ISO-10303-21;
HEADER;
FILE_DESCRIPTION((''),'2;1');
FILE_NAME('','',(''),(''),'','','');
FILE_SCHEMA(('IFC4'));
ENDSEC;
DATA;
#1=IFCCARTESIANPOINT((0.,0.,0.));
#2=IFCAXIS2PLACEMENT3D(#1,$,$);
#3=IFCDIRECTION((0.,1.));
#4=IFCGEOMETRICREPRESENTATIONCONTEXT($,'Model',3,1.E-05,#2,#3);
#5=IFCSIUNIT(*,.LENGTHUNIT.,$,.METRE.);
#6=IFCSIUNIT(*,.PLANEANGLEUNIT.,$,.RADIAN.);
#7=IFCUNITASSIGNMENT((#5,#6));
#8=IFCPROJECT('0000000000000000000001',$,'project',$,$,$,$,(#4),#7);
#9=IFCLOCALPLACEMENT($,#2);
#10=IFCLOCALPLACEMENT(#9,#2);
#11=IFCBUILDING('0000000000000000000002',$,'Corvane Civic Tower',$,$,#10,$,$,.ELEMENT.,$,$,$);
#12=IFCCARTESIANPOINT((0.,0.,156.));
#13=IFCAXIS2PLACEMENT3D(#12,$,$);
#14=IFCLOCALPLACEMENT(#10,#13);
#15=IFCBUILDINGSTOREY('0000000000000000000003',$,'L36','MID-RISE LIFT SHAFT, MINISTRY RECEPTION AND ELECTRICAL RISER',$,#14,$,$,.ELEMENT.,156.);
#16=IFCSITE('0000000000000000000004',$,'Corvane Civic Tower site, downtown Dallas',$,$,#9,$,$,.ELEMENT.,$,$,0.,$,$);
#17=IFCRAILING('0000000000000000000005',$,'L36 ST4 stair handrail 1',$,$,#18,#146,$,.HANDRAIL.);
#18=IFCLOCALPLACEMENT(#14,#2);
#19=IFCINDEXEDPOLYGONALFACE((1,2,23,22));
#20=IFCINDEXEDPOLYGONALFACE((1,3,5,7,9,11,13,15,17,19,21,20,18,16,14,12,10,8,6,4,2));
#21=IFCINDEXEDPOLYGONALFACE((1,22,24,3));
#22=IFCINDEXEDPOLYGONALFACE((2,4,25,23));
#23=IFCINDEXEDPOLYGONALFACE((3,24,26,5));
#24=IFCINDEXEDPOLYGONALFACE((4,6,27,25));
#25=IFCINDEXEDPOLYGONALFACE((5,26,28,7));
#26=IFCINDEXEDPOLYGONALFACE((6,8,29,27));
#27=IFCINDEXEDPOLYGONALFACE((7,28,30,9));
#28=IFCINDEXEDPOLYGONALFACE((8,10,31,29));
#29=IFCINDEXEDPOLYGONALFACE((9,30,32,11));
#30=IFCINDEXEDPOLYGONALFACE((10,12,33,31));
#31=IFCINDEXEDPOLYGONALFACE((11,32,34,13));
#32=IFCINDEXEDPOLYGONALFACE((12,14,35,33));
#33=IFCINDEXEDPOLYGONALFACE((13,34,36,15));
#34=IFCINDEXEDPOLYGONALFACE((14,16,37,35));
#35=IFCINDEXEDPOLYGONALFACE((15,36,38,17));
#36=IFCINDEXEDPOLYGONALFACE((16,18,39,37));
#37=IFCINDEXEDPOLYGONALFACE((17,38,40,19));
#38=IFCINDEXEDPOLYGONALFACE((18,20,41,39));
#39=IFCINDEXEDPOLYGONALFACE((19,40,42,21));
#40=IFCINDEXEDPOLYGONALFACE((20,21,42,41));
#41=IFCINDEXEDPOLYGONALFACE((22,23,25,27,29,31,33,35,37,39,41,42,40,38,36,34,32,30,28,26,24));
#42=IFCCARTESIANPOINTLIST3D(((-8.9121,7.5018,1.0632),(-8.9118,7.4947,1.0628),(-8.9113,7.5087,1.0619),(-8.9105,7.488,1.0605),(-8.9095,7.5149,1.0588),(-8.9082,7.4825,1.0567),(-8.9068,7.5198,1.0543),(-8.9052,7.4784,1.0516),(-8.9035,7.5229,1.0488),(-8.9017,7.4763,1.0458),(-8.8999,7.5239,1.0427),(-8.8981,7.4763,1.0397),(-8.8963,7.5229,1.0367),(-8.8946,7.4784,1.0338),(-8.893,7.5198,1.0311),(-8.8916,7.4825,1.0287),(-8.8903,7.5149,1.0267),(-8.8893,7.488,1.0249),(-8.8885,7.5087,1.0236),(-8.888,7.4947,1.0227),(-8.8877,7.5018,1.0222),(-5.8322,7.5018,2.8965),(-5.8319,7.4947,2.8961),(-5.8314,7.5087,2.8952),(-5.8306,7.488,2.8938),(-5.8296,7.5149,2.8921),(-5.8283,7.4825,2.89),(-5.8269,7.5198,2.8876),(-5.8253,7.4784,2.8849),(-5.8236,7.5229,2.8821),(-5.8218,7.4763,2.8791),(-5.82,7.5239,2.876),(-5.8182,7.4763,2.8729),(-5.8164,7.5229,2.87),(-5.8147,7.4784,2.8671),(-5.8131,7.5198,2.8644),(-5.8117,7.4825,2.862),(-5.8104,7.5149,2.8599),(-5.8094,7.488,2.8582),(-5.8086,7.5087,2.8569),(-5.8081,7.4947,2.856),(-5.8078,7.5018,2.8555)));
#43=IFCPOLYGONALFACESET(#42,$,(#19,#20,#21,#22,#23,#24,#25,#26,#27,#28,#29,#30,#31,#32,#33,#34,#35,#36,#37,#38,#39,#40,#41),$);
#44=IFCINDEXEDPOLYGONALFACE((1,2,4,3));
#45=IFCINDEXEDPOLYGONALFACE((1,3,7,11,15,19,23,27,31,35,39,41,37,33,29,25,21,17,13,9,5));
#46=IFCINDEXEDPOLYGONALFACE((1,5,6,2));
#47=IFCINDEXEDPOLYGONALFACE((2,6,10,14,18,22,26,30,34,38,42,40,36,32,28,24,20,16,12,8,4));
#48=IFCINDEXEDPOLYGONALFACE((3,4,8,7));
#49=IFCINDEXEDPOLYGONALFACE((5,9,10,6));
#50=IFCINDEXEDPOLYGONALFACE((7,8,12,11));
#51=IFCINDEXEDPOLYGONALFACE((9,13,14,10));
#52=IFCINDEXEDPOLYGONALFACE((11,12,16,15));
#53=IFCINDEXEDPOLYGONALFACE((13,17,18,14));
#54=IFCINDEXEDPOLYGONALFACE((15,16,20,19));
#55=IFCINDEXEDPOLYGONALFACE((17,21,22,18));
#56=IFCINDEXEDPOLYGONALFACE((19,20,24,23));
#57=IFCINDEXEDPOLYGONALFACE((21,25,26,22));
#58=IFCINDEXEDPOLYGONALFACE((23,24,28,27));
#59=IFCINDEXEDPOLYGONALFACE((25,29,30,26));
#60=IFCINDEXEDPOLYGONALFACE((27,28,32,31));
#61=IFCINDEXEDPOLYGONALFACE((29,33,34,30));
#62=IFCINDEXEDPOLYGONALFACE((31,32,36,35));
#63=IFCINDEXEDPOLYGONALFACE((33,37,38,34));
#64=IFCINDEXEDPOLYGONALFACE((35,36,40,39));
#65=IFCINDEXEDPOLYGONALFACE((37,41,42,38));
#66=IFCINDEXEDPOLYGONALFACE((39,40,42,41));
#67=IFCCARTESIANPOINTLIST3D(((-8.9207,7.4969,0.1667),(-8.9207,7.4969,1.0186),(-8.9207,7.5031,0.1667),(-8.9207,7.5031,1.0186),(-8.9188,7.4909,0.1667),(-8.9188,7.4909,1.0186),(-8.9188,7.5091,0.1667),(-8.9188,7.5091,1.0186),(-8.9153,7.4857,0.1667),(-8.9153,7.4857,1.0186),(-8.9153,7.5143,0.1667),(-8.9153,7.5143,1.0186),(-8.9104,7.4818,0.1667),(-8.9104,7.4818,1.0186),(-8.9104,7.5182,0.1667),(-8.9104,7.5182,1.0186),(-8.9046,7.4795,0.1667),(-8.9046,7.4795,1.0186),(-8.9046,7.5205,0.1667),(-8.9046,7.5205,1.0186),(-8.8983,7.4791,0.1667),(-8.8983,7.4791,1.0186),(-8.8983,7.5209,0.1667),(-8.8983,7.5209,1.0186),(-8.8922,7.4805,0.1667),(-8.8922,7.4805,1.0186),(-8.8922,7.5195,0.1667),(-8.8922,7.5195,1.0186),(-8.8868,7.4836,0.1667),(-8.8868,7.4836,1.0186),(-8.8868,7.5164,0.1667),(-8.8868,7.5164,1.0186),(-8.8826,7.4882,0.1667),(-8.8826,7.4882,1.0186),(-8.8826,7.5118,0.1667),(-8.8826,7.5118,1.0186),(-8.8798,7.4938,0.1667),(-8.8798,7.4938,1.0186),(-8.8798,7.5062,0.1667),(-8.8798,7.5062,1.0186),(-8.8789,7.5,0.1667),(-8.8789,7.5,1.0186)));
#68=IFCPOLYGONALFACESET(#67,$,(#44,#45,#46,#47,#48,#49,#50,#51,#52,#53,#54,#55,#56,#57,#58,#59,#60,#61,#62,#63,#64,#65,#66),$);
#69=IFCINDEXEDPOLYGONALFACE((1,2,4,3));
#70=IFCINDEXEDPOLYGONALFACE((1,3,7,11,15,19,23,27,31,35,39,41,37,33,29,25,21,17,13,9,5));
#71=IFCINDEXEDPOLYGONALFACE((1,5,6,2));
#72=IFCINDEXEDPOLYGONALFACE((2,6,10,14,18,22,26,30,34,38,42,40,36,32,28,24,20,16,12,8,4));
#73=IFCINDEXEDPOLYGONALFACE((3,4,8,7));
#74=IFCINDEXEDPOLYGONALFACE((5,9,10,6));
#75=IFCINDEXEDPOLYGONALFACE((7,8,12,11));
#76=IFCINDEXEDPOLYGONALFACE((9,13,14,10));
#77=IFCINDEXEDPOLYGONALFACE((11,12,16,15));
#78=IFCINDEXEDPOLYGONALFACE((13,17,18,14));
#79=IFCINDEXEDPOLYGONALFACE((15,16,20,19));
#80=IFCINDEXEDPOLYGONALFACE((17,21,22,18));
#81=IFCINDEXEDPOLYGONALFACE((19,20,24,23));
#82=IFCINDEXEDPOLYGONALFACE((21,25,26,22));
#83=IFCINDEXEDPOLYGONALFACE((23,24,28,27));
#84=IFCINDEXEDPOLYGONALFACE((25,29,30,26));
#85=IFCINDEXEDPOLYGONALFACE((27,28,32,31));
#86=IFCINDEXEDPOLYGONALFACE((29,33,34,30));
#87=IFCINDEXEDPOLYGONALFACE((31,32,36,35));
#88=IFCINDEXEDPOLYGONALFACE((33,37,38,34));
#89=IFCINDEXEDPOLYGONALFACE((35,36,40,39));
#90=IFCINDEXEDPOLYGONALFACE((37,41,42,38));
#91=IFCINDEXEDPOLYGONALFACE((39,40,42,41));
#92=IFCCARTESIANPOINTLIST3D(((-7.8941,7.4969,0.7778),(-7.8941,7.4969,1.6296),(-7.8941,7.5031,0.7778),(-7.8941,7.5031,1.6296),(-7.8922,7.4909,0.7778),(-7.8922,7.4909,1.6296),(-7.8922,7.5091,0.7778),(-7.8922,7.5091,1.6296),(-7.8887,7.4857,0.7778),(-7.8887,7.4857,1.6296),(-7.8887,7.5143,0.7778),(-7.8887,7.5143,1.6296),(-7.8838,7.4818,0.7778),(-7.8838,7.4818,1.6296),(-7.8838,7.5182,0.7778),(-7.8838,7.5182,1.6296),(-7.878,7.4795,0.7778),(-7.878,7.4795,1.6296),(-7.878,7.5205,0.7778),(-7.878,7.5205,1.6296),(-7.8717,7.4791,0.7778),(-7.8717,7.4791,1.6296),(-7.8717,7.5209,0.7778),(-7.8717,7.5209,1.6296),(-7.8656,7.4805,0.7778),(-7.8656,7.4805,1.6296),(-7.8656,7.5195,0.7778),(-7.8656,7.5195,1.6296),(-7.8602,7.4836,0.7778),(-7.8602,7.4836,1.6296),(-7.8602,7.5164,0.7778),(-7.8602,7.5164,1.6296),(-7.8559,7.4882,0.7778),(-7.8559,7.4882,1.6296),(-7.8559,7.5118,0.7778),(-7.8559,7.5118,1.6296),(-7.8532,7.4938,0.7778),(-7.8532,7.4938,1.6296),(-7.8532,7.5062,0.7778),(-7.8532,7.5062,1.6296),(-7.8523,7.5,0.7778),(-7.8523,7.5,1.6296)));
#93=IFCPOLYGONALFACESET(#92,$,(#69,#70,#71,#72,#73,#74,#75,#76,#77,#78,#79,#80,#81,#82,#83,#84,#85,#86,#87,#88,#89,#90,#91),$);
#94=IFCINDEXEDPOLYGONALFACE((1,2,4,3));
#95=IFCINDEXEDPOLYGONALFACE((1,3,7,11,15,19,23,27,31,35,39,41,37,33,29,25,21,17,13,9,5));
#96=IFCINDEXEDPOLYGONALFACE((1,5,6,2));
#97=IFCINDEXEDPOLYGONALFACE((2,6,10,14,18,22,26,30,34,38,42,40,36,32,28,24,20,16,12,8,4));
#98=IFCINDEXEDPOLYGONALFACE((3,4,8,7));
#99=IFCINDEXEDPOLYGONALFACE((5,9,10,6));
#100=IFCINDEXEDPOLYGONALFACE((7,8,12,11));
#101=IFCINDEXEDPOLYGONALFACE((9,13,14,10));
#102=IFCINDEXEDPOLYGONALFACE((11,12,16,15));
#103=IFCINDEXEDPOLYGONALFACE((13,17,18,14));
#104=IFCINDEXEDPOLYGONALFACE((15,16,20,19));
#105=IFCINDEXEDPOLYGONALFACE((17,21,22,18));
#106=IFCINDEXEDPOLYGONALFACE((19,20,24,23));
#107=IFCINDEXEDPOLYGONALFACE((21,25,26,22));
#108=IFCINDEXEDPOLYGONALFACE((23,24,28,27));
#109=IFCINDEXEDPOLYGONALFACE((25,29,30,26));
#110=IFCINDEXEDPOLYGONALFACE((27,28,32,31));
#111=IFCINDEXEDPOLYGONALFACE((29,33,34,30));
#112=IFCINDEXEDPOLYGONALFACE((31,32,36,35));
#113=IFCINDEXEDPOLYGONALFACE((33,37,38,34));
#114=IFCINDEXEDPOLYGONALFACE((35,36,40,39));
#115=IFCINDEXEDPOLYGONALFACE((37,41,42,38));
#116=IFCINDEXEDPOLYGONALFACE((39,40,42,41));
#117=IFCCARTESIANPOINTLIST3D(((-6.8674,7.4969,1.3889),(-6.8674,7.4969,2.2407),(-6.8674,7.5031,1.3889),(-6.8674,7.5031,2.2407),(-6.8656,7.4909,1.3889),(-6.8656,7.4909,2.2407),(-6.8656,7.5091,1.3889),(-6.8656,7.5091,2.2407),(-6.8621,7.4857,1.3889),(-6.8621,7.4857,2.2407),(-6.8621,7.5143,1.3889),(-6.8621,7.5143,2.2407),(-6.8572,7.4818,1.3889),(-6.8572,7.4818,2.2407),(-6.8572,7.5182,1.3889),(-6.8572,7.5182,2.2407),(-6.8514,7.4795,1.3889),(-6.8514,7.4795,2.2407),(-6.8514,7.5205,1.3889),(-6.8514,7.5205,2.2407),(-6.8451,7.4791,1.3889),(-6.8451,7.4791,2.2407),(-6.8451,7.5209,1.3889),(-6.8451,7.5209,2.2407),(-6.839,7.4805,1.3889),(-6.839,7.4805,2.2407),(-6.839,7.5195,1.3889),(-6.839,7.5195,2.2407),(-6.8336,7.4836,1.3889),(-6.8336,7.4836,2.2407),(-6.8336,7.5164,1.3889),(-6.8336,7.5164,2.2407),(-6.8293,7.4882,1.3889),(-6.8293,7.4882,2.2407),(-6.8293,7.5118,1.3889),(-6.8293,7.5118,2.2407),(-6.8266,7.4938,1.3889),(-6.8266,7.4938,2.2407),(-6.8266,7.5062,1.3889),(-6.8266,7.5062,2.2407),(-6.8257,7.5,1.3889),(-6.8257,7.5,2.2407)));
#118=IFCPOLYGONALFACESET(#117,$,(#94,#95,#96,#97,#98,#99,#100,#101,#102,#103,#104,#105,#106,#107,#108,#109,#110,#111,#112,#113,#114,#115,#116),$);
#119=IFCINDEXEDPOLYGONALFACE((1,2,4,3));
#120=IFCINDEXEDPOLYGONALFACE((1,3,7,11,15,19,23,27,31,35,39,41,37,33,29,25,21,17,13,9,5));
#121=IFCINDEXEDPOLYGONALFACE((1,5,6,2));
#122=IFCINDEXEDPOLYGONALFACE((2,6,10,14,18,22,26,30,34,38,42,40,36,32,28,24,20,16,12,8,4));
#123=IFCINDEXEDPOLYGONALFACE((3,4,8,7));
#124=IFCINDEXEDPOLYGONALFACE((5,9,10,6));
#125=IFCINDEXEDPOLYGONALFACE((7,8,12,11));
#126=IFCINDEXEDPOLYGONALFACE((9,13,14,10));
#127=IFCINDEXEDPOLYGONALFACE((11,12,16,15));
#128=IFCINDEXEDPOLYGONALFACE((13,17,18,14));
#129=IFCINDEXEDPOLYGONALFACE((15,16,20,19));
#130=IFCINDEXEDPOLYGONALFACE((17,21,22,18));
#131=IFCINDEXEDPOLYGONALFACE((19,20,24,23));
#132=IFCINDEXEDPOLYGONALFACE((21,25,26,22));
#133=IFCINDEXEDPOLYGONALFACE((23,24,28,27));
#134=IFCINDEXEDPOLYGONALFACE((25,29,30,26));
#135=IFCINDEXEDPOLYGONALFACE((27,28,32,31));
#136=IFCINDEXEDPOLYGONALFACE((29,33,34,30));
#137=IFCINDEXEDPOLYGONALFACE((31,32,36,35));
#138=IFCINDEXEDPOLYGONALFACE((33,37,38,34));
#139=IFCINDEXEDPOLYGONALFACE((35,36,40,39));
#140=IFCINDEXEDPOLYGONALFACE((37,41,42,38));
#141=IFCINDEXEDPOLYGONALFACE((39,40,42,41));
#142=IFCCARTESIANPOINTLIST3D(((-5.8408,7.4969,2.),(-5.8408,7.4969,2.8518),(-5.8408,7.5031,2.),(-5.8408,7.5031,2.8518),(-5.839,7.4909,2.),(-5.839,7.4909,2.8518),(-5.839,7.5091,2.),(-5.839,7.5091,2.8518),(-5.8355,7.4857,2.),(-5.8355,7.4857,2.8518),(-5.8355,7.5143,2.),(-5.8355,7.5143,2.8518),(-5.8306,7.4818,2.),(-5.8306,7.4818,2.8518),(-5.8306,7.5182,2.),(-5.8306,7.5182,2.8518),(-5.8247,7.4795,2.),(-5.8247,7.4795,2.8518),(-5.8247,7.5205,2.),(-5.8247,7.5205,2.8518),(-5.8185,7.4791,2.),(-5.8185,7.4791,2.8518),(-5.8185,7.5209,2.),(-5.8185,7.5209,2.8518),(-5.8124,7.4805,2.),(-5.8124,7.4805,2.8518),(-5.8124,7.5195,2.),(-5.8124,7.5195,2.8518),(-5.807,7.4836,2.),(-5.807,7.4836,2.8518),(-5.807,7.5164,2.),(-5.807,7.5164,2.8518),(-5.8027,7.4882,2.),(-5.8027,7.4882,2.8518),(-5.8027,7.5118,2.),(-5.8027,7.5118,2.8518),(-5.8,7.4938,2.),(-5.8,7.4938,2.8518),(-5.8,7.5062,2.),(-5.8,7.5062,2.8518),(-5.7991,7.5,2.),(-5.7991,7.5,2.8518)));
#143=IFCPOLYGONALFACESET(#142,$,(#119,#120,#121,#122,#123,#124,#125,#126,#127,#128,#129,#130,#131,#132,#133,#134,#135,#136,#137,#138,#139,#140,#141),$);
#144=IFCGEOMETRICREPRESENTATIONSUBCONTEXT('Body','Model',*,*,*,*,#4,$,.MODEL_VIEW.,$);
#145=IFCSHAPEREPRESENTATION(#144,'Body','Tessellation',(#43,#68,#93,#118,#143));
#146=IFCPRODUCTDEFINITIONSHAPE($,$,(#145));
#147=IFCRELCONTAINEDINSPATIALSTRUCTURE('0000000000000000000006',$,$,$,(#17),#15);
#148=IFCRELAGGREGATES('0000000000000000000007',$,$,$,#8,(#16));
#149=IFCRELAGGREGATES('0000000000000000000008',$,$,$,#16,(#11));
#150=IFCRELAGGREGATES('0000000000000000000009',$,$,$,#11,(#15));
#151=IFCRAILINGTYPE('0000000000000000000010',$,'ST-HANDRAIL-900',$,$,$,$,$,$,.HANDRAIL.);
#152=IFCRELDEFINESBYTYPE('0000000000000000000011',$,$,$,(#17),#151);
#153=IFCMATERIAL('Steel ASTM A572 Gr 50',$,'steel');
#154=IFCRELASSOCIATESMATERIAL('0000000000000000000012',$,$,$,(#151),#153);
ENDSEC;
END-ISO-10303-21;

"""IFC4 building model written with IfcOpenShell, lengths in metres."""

from ifc_helpers import new_model, si_unit, direction, frame, origin, origin_2d, place, context, subcontext, project, spatial, circle, extrude, material, type_object, element, save


model = new_model("IFC4")

# Units and contexts
model_context = context("Model", 3, precision=1e-05, world=origin(), true_north=direction((0.0, 1.0)))
body_context = subcontext(model_context, "Body", "Model", "MODEL_VIEW")
ifc_project = project(units=[si_unit("LENGTHUNIT", "METRE"), si_unit("PLANEANGLEUNIT", "RADIAN")], contexts=[model_context])

# Site, building, storey
site_placement = place(None, origin())
site = spatial("IfcSite", under=ifc_project, at=site_placement, Name="Corvane Civic Tower site, downtown Dallas", CompositionType="ELEMENT", RefElevation=0.0)
building_placement = place(site_placement, origin())
building = spatial("IfcBuilding", under=site, at=building_placement, Name="Corvane Civic Tower", CompositionType="ELEMENT")
storey_placement = place(building_placement, frame((0.0, 0.0, 156.0)))
storey = spatial("IfcBuildingStorey", under=building, at=storey_placement, Name="L36", Description="MID-RISE LIFT SHAFT, MINISTRY RECEPTION AND ELECTRICAL RISER", CompositionType="ELEMENT", Elevation=156.0)

# Railing
ifc_material_1 = material(Name="Steel ASTM A572 Gr 50", Category="steel")
railing_type = type_object("IfcRailingType", Name="ST-HANDRAIL-900", PredefinedType="HANDRAIL", material=ifc_material_1)
railing_placement = place(storey_placement, frame((-8.8999, 7.5, 0.1667)))
element("IfcRailing", 1, at=railing_placement, inside=storey, type_object=railing_type, Name="L36 ST4 stair handrail 1", PredefinedType="HANDRAIL", context=body_context, shape_type="SweptSolid", body=[
    extrude(circle(Radius=0.0239, at=origin_2d()), frame((0.0, 0.0, 0.876), z_axis=(0.859291, 0.0, 0.511487), x_axis=(0.0, 1.0, 0.0)), (0.0, 0.0, 1.0), 3.5842),
    extrude(circle(Radius=0.021, at=origin_2d()), origin(), (0.0, 0.0, 1.0), 0.8518),
    extrude(circle(Radius=0.021, at=origin_2d()), frame((1.0266, 0.0, 0.6111)), (0.0, 0.0, 1.0), 0.8518),
    extrude(circle(Radius=0.021, at=origin_2d()), frame((2.0532, 0.0, 1.2222)), (0.0, 0.0, 1.0), 0.8518),
    extrude(circle(Radius=0.021, at=origin_2d()), frame((3.0798, 0.0, 1.8333)), (0.0, 0.0, 1.0), 0.8518),
])

save(model, "model.ifc")
